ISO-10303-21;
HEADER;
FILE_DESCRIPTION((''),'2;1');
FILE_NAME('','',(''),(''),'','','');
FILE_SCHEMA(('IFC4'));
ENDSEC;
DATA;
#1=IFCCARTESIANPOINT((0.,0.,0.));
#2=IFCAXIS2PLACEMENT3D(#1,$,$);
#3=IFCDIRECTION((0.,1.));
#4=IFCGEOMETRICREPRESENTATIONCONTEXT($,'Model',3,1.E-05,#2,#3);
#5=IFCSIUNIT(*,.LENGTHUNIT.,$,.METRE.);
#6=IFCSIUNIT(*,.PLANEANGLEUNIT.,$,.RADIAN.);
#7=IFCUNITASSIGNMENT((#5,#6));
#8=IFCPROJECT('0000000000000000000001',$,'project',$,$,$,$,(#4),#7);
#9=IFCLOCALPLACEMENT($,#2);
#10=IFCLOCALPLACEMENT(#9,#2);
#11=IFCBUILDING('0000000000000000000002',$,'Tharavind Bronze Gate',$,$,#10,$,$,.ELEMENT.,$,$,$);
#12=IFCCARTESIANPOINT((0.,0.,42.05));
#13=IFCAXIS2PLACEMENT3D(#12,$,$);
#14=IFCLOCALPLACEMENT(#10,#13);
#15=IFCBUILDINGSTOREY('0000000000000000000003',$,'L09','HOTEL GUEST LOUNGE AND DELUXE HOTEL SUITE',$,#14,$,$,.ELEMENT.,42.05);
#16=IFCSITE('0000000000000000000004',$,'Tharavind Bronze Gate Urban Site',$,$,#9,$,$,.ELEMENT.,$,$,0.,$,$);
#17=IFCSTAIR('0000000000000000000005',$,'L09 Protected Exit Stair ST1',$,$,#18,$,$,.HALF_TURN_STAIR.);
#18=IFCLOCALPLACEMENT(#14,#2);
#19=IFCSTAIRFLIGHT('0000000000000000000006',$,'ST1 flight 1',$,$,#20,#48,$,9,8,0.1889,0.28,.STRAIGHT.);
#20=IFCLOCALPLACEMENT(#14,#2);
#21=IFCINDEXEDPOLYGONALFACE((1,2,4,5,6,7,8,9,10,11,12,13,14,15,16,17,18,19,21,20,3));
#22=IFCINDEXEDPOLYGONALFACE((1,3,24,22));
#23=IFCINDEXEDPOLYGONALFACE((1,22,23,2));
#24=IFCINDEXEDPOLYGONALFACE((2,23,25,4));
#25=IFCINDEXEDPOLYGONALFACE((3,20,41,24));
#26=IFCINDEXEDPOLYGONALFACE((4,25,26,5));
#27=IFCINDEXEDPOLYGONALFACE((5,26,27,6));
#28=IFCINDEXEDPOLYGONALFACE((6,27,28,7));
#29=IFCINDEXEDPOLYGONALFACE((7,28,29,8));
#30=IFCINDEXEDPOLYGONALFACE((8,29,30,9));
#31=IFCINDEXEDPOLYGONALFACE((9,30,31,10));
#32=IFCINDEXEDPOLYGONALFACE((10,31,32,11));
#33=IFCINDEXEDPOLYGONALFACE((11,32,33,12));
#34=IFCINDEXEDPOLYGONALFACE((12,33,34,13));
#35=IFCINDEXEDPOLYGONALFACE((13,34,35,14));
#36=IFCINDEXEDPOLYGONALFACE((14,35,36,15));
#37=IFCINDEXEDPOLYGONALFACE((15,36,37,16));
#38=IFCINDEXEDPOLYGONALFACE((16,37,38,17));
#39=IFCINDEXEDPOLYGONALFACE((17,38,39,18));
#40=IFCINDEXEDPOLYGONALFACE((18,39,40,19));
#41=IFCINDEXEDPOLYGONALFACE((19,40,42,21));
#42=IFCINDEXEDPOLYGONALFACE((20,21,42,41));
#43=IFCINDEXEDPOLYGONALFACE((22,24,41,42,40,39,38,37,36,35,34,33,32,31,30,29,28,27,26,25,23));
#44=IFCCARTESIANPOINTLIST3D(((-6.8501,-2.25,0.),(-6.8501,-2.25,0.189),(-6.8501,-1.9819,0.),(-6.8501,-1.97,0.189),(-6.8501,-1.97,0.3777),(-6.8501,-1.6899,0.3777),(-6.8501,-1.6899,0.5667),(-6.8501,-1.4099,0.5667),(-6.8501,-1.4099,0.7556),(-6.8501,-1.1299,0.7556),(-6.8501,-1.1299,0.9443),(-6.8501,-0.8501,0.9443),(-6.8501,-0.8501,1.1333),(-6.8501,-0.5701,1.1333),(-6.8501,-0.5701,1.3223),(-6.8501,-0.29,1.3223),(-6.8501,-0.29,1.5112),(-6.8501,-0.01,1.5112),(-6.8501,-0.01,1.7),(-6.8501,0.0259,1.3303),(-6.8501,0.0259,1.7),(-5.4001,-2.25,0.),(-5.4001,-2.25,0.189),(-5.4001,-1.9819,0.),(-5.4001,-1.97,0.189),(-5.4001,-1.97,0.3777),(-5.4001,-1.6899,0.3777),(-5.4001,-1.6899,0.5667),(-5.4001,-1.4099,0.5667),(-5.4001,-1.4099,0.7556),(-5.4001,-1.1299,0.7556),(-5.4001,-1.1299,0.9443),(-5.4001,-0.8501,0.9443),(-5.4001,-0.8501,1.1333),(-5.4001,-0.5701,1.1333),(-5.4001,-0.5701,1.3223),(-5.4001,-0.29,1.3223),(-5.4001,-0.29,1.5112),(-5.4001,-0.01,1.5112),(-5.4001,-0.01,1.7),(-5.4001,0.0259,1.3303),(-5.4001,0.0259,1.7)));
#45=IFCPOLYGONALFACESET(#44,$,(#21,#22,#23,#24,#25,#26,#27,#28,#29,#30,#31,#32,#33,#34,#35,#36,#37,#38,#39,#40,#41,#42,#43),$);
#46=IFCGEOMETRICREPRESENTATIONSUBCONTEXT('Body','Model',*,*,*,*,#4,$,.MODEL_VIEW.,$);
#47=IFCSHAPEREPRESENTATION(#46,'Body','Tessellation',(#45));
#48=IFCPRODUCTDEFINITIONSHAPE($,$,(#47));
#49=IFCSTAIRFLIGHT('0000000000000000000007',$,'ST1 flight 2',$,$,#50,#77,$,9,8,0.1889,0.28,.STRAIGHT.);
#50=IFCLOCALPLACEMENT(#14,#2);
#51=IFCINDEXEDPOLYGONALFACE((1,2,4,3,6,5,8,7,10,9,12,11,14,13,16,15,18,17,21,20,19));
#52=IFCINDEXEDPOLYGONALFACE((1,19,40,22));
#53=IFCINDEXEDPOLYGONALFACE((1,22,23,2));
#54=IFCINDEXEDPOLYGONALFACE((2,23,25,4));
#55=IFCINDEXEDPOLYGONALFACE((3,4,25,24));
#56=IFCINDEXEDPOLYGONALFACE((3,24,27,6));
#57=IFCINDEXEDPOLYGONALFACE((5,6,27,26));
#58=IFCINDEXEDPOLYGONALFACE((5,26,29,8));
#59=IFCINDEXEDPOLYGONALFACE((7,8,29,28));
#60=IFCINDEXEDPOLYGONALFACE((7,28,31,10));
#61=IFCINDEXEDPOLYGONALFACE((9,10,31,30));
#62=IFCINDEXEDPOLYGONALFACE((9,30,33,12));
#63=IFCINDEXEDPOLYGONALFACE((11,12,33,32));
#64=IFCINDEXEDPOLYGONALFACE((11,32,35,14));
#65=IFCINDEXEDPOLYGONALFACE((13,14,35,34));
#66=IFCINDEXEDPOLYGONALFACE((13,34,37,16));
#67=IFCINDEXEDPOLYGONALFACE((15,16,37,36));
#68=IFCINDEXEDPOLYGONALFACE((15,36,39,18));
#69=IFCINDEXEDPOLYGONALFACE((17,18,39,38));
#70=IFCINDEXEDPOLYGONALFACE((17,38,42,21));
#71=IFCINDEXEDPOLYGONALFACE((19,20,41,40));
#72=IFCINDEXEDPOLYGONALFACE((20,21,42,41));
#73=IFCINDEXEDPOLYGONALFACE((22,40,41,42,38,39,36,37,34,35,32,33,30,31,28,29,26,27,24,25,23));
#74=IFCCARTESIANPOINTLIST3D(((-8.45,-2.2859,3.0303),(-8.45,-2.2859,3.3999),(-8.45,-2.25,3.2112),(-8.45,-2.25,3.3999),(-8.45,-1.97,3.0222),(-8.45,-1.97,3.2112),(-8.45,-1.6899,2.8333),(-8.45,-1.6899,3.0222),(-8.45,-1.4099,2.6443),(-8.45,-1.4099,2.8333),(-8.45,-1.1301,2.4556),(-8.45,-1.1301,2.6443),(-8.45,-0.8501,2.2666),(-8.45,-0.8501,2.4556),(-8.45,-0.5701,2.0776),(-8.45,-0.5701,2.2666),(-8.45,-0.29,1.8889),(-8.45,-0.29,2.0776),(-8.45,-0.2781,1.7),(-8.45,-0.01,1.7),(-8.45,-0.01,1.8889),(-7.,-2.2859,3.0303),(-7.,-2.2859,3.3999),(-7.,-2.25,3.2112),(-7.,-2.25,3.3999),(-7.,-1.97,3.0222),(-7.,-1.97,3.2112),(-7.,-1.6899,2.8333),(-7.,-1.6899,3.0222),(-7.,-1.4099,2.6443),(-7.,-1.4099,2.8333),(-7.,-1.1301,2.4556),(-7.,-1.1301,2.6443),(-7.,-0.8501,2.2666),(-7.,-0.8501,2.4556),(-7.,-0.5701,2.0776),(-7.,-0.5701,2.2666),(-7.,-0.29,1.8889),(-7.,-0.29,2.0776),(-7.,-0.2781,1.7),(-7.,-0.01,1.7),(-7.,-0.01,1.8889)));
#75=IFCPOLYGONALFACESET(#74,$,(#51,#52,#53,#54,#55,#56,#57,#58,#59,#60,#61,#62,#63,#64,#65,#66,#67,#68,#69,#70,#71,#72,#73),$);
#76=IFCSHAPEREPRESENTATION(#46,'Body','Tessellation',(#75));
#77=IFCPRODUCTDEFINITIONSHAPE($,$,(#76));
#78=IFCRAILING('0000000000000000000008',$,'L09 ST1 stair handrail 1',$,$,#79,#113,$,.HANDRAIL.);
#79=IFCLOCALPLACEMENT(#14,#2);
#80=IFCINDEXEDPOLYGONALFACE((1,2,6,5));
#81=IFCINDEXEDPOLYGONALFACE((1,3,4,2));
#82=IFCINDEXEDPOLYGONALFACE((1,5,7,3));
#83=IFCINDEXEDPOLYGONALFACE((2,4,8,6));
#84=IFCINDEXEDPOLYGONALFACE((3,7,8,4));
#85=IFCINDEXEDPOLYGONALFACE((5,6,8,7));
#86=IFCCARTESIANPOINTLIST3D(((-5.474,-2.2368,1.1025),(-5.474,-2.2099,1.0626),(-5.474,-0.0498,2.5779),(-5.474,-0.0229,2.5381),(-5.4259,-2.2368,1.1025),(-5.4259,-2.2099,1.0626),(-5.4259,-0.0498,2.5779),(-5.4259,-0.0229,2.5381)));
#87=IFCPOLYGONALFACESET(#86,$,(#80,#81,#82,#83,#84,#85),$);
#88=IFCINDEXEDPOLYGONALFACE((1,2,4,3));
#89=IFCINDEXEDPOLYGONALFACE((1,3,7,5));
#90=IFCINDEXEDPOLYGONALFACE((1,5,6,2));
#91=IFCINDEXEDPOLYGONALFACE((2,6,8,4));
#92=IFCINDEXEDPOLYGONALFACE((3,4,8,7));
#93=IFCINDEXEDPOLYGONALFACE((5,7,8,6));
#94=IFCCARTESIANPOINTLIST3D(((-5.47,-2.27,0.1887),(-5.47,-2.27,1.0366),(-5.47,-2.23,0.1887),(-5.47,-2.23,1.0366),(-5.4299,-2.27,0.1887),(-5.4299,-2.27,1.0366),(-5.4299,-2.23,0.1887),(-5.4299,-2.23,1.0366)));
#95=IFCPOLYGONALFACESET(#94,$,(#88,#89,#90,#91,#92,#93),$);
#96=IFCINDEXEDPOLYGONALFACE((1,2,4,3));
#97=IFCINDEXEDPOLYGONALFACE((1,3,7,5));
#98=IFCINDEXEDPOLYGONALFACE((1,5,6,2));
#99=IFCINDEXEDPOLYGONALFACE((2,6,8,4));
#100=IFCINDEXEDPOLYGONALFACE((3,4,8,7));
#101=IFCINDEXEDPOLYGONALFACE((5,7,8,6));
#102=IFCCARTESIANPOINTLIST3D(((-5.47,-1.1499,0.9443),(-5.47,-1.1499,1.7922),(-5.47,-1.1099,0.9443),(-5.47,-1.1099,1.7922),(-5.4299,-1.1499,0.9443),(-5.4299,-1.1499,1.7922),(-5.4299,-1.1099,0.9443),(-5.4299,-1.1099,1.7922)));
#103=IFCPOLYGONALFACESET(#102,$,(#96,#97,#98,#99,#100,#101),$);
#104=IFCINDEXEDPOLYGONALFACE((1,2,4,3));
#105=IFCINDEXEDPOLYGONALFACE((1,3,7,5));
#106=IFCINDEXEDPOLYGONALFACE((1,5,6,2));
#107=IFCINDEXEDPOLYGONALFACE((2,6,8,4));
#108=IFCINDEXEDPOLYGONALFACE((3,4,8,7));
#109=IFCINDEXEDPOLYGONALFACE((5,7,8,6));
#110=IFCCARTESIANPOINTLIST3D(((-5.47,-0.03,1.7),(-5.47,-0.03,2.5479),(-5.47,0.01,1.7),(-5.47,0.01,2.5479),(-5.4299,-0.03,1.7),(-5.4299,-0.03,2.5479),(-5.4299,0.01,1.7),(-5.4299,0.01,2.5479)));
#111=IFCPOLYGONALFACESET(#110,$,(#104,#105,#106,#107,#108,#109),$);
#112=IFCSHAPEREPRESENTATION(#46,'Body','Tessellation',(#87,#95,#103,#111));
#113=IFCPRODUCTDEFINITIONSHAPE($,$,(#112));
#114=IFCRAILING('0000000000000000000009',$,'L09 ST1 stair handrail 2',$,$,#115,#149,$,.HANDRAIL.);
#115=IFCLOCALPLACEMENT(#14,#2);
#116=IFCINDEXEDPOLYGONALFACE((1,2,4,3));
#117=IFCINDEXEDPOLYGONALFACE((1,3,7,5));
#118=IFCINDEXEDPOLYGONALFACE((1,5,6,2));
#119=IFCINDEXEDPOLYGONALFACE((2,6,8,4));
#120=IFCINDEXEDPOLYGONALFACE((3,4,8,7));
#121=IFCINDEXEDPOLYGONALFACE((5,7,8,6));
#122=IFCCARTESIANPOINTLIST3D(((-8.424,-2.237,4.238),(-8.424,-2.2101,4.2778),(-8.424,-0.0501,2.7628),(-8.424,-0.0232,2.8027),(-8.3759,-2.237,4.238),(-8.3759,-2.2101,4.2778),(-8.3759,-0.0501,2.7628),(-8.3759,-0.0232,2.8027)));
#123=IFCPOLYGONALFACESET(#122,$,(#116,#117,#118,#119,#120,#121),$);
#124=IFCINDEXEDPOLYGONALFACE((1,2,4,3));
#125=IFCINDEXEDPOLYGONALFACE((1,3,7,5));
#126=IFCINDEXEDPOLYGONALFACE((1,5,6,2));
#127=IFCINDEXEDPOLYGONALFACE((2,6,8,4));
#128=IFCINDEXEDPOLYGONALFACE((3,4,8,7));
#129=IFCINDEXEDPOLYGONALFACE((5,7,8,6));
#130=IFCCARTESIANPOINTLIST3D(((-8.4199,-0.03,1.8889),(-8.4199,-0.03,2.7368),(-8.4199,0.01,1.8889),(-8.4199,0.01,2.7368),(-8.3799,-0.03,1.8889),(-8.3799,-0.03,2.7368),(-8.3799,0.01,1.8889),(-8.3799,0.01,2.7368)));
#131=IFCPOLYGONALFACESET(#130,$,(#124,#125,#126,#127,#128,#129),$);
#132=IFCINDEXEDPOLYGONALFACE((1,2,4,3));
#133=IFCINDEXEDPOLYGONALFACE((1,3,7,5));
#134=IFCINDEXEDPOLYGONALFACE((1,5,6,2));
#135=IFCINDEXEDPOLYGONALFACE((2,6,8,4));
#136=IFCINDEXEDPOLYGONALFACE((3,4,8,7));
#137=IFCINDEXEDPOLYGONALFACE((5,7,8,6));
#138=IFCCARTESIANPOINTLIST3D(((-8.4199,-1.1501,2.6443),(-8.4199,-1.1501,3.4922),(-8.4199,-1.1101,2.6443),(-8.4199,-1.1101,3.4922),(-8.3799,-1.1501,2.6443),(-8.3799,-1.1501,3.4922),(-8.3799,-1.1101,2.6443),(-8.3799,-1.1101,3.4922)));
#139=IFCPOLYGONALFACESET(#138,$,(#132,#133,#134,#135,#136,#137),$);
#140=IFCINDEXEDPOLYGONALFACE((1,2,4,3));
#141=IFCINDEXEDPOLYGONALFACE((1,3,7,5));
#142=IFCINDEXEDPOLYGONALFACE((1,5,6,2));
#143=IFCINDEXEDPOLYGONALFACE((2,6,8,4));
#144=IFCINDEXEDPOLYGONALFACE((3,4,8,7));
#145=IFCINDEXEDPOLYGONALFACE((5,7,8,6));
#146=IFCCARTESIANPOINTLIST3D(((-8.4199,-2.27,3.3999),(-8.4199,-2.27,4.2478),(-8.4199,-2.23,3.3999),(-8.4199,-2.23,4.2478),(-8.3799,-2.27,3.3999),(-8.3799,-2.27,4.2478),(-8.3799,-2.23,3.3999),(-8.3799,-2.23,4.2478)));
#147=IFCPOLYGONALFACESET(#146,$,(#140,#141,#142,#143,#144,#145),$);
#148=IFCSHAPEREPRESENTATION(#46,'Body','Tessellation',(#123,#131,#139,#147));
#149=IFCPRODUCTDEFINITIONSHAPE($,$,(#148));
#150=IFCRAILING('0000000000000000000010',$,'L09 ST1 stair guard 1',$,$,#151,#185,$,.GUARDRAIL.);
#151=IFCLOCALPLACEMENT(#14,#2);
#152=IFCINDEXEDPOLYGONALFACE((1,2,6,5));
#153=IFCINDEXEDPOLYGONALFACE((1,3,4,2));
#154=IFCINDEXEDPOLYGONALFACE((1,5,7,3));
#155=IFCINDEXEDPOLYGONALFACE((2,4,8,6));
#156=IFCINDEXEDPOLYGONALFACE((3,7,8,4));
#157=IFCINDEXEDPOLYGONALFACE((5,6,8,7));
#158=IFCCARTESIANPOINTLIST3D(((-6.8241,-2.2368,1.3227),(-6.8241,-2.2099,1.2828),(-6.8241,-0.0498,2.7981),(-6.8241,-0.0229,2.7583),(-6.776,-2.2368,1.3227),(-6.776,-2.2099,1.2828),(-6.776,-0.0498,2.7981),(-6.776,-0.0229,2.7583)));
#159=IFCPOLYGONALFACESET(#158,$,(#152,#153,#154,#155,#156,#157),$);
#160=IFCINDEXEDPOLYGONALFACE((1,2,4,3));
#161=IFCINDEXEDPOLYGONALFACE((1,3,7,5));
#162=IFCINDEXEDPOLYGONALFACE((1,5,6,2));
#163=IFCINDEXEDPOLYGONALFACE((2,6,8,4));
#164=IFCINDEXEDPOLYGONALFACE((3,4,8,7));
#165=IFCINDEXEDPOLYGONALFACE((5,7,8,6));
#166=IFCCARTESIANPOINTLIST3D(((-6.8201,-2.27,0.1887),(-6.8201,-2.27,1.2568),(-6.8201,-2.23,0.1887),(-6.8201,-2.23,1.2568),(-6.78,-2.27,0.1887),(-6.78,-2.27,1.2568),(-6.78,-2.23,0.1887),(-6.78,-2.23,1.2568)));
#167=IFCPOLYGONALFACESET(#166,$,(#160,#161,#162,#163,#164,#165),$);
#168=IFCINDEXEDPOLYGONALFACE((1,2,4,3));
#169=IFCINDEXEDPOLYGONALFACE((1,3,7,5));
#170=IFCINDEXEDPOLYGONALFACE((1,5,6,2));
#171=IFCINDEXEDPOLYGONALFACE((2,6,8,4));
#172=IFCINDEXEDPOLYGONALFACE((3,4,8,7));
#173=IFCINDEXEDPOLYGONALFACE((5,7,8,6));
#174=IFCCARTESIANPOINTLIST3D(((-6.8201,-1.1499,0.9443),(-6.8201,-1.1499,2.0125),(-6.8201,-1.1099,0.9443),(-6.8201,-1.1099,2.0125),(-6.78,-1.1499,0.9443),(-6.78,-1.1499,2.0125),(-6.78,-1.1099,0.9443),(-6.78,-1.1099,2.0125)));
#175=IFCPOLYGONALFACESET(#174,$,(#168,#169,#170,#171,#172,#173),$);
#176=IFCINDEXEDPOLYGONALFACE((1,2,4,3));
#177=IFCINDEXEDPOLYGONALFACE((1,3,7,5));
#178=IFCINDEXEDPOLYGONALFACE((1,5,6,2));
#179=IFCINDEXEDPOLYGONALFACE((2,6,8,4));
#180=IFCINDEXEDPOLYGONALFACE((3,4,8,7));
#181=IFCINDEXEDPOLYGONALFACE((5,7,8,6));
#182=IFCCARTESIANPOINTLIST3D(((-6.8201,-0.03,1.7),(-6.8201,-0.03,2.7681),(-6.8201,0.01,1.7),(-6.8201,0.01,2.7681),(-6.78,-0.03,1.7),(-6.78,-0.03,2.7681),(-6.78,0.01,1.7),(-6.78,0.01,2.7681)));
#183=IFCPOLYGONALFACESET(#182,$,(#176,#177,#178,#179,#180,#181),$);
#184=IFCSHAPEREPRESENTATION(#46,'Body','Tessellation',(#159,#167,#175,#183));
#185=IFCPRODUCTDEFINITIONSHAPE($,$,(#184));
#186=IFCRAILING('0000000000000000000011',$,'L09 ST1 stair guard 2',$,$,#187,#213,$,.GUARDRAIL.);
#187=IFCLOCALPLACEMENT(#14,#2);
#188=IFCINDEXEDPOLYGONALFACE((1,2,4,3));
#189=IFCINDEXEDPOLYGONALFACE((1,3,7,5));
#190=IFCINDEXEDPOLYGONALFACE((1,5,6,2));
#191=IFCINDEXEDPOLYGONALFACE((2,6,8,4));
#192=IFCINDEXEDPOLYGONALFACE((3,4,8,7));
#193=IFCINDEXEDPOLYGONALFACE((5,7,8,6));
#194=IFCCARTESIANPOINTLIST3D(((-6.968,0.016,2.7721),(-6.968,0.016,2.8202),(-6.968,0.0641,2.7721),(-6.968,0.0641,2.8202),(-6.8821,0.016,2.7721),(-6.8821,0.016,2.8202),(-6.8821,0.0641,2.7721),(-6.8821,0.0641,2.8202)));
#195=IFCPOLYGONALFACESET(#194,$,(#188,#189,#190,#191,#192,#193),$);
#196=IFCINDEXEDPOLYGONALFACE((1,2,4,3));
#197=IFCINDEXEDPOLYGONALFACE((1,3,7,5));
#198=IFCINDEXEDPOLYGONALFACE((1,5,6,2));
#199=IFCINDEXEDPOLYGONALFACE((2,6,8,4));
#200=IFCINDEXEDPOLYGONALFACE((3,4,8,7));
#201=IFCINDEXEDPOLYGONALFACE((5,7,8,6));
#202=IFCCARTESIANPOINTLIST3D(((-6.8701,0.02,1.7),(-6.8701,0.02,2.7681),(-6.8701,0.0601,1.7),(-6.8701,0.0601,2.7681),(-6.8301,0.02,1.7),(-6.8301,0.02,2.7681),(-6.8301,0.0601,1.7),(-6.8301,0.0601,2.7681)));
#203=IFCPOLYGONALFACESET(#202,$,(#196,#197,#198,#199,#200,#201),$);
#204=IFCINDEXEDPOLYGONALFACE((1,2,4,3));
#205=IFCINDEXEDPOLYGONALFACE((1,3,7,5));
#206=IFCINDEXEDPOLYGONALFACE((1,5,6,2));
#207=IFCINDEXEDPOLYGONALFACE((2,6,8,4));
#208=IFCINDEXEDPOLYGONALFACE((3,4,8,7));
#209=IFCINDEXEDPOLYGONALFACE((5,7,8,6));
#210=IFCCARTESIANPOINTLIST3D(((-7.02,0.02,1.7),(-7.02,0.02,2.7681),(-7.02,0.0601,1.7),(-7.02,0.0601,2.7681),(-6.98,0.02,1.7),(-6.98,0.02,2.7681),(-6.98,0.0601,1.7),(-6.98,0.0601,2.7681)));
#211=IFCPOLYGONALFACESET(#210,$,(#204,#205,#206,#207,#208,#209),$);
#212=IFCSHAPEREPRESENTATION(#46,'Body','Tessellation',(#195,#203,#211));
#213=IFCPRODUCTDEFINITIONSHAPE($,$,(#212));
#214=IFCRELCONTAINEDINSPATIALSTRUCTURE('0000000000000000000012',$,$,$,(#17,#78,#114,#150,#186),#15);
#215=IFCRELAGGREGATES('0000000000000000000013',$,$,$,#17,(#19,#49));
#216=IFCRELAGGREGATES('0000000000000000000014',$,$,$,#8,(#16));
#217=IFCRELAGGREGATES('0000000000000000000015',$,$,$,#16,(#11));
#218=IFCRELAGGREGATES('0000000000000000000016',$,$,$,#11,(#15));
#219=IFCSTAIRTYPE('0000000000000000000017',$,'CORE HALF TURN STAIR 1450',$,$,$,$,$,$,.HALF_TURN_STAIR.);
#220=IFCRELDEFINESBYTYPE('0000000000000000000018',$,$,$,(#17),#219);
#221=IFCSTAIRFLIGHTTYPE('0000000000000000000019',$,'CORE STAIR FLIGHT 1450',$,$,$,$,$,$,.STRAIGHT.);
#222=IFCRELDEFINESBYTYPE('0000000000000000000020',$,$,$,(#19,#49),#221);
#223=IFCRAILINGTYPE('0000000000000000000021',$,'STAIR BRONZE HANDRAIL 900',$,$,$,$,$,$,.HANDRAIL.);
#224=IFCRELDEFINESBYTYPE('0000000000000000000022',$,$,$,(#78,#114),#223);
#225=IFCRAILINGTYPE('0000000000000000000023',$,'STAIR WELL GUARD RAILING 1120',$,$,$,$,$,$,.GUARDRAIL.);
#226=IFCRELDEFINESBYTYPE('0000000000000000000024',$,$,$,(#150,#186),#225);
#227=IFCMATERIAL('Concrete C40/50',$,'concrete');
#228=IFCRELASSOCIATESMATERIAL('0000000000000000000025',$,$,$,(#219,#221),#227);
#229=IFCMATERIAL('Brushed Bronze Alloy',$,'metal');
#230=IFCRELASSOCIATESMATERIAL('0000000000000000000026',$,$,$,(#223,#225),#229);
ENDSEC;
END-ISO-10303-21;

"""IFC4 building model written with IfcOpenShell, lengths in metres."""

from ifc_helpers import new_model, si_unit, direction, frame, origin, origin_2d, place, context, subcontext, project, spatial, polyline, rectangle, outline, extrude, material, type_object, element, aggregate, save


model = new_model("IFC4")

# Units and contexts
model_context = context("Model", 3, precision=1e-05, world=origin(), true_north=direction((0.0, 1.0)))
body_context = subcontext(model_context, "Body", "Model", "MODEL_VIEW")
ifc_project = project(units=[si_unit("LENGTHUNIT", "METRE"), si_unit("PLANEANGLEUNIT", "RADIAN")], contexts=[model_context])

# Site, building, storey
site_placement = place(None, origin())
site = spatial("IfcSite", under=ifc_project, at=site_placement, Name="Tharavind Bronze Gate Urban Site", CompositionType="ELEMENT", RefElevation=0.0)
building_placement = place(site_placement, origin())
building = spatial("IfcBuilding", under=site, at=building_placement, Name="Tharavind Bronze Gate", CompositionType="ELEMENT")
storey_placement = place(building_placement, frame((0.0, 0.0, 42.05)))
storey = spatial("IfcBuildingStorey", under=building, at=storey_placement, Name="L09", Description="HOTEL GUEST LOUNGE AND DELUXE HOTEL SUITE", CompositionType="ELEMENT", Elevation=42.05)

# Shared definitions
ifc_material_1 = material(Name="Concrete C40/50", Category="concrete")

# Stair, stair flights
stair_type = type_object("IfcStairType", Name="CORE HALF TURN STAIR 1450", PredefinedType="HALF_TURN_STAIR", material=ifc_material_1)
stair_placement = place(storey_placement, origin())
stair = element("IfcStair", 1, at=stair_placement, inside=storey, type_object=stair_type, Name="L09 Protected Exit Stair ST1", PredefinedType="HALF_TURN_STAIR")
stair_flight_type = type_object("IfcStairFlightType", Name="CORE STAIR FLIGHT 1450", PredefinedType="STRAIGHT", material=ifc_material_1)
stair_flight_1_placement = place(storey_placement, frame((-6.125, -2.25, 0.0), z_axis=(0.0, 0.0, 1.0), x_axis=(0.0, 1.0, 0.0)))
stair_flight_1 = element("IfcStairFlight", 2, at=stair_flight_1_placement, type_object=stair_flight_type, Name="ST1 flight 1", NumberOfRisers=9, NumberOfTreads=8, PredefinedType="STRAIGHT", RiserHeight=0.1889, TreadLength=0.28, context=body_context, shape_type="SweptSolid", body=[
    extrude(outline(polyline([(0.0, 0.0), (0.0, 0.189), (0.28, 0.189), (0.28, 0.3777), (0.5601, 0.3777), (0.5601, 0.5667), (0.8401, 0.5667), (0.8401, 0.7556), (1.1201, 0.7556), (1.1201, 0.9443), (1.3999, 0.9443), (1.3999, 1.1333), (1.6799, 1.1333), (1.6799, 1.3223), (1.96, 1.3223), (1.96, 1.5112), (2.24, 1.5112), (2.24, 1.7), (2.2759, 1.7), (2.2759, 1.3303), (0.2681, 0.0), (0.0, 0.0)])), frame((0.0, 0.7251, 0.0), z_axis=(0.0, -1.0, 0.0), x_axis=(1.0, 0.0, 0.0)), (0.0, 0.0, 1.0), 1.45),
])
stair_flight_2_placement = place(storey_placement, frame((-7.7251, -0.01, 1.7), z_axis=(0.0, 0.0, 1.0), x_axis=(0.0, -1.0, 0.0)))
stair_flight_2 = element("IfcStairFlight", 3, at=stair_flight_2_placement, type_object=stair_flight_type, Name="ST1 flight 2", NumberOfRisers=9, NumberOfTreads=8, PredefinedType="STRAIGHT", RiserHeight=0.1889, TreadLength=0.28, context=body_context, shape_type="SweptSolid", body=[
    extrude(outline(polyline([(0.0, 0.0), (0.0, 0.189), (0.28, 0.189), (0.28, 0.3777), (0.5601, 0.3777), (0.5601, 0.5667), (0.8401, 0.5667), (0.8401, 0.7556), (1.1201, 0.7556), (1.1201, 0.9443), (1.3999, 0.9443), (1.3999, 1.1333), (1.6799, 1.1333), (1.6799, 1.3223), (1.96, 1.3223), (1.96, 1.5112), (2.24, 1.5112), (2.24, 1.7), (2.2759, 1.7), (2.2759, 1.3303), (0.2681, 0.0), (0.0, 0.0)])), frame((0.0, 0.7251, 0.0), z_axis=(0.0, -1.0, 0.0), x_axis=(1.0, 0.0, 0.0)), (0.0, 0.0, 1.0), 1.45),
])
aggregate(stair, [stair_flight_1, stair_flight_2])

# Railings
ifc_material_2 = material(Name="Brushed Bronze Alloy", Category="metal")
railing_type_1 = type_object("IfcRailingType", Name="STAIR BRONZE HANDRAIL 900", PredefinedType="HANDRAIL", material=ifc_material_2)
railing_1_placement = place(storey_placement, frame((-5.45, -2.25, 0.1887)))
element("IfcRailing", 4, at=railing_1_placement, inside=storey, type_object=railing_type_1, Name="L09 ST1 stair handrail 1", PredefinedType="HANDRAIL", context=body_context, shape_type="SweptSolid", body=[
    extrude(rectangle(XDim=0.0481, YDim=0.0481, at=origin_2d()), frame((0.0, 0.0266, 0.8938), z_axis=(0.0, 0.82898, 0.559279), x_axis=(-1.0, 0.0, 0.0)), (0.0, 0.0, 1.0), 2.6382),
    extrude(rectangle(XDim=0.04, YDim=0.04, at=origin_2d()), origin(), (0.0, 0.0, 1.0), 0.8479),
    extrude(rectangle(XDim=0.04, YDim=0.04, at=origin_2d()), frame((0.0, 1.1201, 0.7556)), (0.0, 0.0, 1.0), 0.8479),
    extrude(rectangle(XDim=0.04, YDim=0.04, at=origin_2d()), frame((0.0, 2.24, 1.5112)), (0.0, 0.0, 1.0), 0.8479),
])
railing_2_placement = place(storey_placement, frame((-8.3999, -0.01, 1.8889)))
element("IfcRailing", 5, at=railing_2_placement, inside=storey, type_object=railing_type_1, Name="L09 ST1 stair handrail 2", PredefinedType="HANDRAIL", context=body_context, shape_type="SweptSolid", body=[
    extrude(rectangle(XDim=0.0481, YDim=0.0481, at=origin_2d()), frame((0.0, -0.0266, 0.8938), z_axis=(0.0, -0.829021, 0.559217), x_axis=(1.0, 0.0, 0.0)), (0.0, 0.0, 1.0), 2.6379),
    extrude(rectangle(XDim=0.04, YDim=0.04, at=origin_2d()), origin(), (0.0, 0.0, 1.0), 0.8479),
    extrude(rectangle(XDim=0.04, YDim=0.04, at=origin_2d()), frame((0.0, -1.1201, 0.7554)), (0.0, 0.0, 1.0), 0.8479),
    extrude(rectangle(XDim=0.04, YDim=0.04, at=origin_2d()), frame((0.0, -2.24, 1.511)), (0.0, 0.0, 1.0), 0.8479),
])
railing_type_2 = type_object("IfcRailingType", Name="STAIR WELL GUARD RAILING 1120", PredefinedType="GUARDRAIL", material=ifc_material_2)
railing_3_placement = place(storey_placement, frame((-6.8, -2.25, 0.1887)))
element("IfcRailing", 6, at=railing_3_placement, inside=storey, type_object=railing_type_2, Name="L09 ST1 stair guard 1", PredefinedType="GUARDRAIL", context=body_context, shape_type="SweptSolid", body=[
    extrude(rectangle(XDim=0.0481, YDim=0.0481, at=origin_2d()), frame((0.0, 0.0266, 1.114), z_axis=(0.0, 0.82898, 0.559279), x_axis=(-1.0, 0.0, 0.0)), (0.0, 0.0, 1.0), 2.6382),
    extrude(rectangle(XDim=0.04, YDim=0.04, at=origin_2d()), origin(), (0.0, 0.0, 1.0), 1.0681),
    extrude(rectangle(XDim=0.04, YDim=0.04, at=origin_2d()), frame((0.0, 1.1201, 0.7556)), (0.0, 0.0, 1.0), 1.0681),
    extrude(rectangle(XDim=0.04, YDim=0.04, at=origin_2d()), frame((0.0, 2.24, 1.5112)), (0.0, 0.0, 1.0), 1.0681),
])
railing_4_placement = place(storey_placement, frame((-6.8501, 0.04, 1.7)))
element("IfcRailing", 7, at=railing_4_placement, inside=storey, type_object=railing_type_2, Name="L09 ST1 stair guard 2", PredefinedType="GUARDRAIL", context=body_context, shape_type="SweptSolid", body=[
    extrude(rectangle(XDim=0.0481, YDim=0.0481, at=origin_2d()), frame((-0.032, 0.0, 1.0962), z_axis=(-1.0, 0.0, 0.0), x_axis=(0.0, -1.0, 0.0)), (0.0, 0.0, 1.0), 0.0859),
    extrude(rectangle(XDim=0.04, YDim=0.04, at=origin_2d()), origin(), (0.0, 0.0, 1.0), 1.0681),
    extrude(rectangle(XDim=0.04, YDim=0.04, at=origin_2d()), frame((-0.1499, 0.0, 0.0)), (0.0, 0.0, 1.0), 1.0681),
])

save(model, "model.ifc")
